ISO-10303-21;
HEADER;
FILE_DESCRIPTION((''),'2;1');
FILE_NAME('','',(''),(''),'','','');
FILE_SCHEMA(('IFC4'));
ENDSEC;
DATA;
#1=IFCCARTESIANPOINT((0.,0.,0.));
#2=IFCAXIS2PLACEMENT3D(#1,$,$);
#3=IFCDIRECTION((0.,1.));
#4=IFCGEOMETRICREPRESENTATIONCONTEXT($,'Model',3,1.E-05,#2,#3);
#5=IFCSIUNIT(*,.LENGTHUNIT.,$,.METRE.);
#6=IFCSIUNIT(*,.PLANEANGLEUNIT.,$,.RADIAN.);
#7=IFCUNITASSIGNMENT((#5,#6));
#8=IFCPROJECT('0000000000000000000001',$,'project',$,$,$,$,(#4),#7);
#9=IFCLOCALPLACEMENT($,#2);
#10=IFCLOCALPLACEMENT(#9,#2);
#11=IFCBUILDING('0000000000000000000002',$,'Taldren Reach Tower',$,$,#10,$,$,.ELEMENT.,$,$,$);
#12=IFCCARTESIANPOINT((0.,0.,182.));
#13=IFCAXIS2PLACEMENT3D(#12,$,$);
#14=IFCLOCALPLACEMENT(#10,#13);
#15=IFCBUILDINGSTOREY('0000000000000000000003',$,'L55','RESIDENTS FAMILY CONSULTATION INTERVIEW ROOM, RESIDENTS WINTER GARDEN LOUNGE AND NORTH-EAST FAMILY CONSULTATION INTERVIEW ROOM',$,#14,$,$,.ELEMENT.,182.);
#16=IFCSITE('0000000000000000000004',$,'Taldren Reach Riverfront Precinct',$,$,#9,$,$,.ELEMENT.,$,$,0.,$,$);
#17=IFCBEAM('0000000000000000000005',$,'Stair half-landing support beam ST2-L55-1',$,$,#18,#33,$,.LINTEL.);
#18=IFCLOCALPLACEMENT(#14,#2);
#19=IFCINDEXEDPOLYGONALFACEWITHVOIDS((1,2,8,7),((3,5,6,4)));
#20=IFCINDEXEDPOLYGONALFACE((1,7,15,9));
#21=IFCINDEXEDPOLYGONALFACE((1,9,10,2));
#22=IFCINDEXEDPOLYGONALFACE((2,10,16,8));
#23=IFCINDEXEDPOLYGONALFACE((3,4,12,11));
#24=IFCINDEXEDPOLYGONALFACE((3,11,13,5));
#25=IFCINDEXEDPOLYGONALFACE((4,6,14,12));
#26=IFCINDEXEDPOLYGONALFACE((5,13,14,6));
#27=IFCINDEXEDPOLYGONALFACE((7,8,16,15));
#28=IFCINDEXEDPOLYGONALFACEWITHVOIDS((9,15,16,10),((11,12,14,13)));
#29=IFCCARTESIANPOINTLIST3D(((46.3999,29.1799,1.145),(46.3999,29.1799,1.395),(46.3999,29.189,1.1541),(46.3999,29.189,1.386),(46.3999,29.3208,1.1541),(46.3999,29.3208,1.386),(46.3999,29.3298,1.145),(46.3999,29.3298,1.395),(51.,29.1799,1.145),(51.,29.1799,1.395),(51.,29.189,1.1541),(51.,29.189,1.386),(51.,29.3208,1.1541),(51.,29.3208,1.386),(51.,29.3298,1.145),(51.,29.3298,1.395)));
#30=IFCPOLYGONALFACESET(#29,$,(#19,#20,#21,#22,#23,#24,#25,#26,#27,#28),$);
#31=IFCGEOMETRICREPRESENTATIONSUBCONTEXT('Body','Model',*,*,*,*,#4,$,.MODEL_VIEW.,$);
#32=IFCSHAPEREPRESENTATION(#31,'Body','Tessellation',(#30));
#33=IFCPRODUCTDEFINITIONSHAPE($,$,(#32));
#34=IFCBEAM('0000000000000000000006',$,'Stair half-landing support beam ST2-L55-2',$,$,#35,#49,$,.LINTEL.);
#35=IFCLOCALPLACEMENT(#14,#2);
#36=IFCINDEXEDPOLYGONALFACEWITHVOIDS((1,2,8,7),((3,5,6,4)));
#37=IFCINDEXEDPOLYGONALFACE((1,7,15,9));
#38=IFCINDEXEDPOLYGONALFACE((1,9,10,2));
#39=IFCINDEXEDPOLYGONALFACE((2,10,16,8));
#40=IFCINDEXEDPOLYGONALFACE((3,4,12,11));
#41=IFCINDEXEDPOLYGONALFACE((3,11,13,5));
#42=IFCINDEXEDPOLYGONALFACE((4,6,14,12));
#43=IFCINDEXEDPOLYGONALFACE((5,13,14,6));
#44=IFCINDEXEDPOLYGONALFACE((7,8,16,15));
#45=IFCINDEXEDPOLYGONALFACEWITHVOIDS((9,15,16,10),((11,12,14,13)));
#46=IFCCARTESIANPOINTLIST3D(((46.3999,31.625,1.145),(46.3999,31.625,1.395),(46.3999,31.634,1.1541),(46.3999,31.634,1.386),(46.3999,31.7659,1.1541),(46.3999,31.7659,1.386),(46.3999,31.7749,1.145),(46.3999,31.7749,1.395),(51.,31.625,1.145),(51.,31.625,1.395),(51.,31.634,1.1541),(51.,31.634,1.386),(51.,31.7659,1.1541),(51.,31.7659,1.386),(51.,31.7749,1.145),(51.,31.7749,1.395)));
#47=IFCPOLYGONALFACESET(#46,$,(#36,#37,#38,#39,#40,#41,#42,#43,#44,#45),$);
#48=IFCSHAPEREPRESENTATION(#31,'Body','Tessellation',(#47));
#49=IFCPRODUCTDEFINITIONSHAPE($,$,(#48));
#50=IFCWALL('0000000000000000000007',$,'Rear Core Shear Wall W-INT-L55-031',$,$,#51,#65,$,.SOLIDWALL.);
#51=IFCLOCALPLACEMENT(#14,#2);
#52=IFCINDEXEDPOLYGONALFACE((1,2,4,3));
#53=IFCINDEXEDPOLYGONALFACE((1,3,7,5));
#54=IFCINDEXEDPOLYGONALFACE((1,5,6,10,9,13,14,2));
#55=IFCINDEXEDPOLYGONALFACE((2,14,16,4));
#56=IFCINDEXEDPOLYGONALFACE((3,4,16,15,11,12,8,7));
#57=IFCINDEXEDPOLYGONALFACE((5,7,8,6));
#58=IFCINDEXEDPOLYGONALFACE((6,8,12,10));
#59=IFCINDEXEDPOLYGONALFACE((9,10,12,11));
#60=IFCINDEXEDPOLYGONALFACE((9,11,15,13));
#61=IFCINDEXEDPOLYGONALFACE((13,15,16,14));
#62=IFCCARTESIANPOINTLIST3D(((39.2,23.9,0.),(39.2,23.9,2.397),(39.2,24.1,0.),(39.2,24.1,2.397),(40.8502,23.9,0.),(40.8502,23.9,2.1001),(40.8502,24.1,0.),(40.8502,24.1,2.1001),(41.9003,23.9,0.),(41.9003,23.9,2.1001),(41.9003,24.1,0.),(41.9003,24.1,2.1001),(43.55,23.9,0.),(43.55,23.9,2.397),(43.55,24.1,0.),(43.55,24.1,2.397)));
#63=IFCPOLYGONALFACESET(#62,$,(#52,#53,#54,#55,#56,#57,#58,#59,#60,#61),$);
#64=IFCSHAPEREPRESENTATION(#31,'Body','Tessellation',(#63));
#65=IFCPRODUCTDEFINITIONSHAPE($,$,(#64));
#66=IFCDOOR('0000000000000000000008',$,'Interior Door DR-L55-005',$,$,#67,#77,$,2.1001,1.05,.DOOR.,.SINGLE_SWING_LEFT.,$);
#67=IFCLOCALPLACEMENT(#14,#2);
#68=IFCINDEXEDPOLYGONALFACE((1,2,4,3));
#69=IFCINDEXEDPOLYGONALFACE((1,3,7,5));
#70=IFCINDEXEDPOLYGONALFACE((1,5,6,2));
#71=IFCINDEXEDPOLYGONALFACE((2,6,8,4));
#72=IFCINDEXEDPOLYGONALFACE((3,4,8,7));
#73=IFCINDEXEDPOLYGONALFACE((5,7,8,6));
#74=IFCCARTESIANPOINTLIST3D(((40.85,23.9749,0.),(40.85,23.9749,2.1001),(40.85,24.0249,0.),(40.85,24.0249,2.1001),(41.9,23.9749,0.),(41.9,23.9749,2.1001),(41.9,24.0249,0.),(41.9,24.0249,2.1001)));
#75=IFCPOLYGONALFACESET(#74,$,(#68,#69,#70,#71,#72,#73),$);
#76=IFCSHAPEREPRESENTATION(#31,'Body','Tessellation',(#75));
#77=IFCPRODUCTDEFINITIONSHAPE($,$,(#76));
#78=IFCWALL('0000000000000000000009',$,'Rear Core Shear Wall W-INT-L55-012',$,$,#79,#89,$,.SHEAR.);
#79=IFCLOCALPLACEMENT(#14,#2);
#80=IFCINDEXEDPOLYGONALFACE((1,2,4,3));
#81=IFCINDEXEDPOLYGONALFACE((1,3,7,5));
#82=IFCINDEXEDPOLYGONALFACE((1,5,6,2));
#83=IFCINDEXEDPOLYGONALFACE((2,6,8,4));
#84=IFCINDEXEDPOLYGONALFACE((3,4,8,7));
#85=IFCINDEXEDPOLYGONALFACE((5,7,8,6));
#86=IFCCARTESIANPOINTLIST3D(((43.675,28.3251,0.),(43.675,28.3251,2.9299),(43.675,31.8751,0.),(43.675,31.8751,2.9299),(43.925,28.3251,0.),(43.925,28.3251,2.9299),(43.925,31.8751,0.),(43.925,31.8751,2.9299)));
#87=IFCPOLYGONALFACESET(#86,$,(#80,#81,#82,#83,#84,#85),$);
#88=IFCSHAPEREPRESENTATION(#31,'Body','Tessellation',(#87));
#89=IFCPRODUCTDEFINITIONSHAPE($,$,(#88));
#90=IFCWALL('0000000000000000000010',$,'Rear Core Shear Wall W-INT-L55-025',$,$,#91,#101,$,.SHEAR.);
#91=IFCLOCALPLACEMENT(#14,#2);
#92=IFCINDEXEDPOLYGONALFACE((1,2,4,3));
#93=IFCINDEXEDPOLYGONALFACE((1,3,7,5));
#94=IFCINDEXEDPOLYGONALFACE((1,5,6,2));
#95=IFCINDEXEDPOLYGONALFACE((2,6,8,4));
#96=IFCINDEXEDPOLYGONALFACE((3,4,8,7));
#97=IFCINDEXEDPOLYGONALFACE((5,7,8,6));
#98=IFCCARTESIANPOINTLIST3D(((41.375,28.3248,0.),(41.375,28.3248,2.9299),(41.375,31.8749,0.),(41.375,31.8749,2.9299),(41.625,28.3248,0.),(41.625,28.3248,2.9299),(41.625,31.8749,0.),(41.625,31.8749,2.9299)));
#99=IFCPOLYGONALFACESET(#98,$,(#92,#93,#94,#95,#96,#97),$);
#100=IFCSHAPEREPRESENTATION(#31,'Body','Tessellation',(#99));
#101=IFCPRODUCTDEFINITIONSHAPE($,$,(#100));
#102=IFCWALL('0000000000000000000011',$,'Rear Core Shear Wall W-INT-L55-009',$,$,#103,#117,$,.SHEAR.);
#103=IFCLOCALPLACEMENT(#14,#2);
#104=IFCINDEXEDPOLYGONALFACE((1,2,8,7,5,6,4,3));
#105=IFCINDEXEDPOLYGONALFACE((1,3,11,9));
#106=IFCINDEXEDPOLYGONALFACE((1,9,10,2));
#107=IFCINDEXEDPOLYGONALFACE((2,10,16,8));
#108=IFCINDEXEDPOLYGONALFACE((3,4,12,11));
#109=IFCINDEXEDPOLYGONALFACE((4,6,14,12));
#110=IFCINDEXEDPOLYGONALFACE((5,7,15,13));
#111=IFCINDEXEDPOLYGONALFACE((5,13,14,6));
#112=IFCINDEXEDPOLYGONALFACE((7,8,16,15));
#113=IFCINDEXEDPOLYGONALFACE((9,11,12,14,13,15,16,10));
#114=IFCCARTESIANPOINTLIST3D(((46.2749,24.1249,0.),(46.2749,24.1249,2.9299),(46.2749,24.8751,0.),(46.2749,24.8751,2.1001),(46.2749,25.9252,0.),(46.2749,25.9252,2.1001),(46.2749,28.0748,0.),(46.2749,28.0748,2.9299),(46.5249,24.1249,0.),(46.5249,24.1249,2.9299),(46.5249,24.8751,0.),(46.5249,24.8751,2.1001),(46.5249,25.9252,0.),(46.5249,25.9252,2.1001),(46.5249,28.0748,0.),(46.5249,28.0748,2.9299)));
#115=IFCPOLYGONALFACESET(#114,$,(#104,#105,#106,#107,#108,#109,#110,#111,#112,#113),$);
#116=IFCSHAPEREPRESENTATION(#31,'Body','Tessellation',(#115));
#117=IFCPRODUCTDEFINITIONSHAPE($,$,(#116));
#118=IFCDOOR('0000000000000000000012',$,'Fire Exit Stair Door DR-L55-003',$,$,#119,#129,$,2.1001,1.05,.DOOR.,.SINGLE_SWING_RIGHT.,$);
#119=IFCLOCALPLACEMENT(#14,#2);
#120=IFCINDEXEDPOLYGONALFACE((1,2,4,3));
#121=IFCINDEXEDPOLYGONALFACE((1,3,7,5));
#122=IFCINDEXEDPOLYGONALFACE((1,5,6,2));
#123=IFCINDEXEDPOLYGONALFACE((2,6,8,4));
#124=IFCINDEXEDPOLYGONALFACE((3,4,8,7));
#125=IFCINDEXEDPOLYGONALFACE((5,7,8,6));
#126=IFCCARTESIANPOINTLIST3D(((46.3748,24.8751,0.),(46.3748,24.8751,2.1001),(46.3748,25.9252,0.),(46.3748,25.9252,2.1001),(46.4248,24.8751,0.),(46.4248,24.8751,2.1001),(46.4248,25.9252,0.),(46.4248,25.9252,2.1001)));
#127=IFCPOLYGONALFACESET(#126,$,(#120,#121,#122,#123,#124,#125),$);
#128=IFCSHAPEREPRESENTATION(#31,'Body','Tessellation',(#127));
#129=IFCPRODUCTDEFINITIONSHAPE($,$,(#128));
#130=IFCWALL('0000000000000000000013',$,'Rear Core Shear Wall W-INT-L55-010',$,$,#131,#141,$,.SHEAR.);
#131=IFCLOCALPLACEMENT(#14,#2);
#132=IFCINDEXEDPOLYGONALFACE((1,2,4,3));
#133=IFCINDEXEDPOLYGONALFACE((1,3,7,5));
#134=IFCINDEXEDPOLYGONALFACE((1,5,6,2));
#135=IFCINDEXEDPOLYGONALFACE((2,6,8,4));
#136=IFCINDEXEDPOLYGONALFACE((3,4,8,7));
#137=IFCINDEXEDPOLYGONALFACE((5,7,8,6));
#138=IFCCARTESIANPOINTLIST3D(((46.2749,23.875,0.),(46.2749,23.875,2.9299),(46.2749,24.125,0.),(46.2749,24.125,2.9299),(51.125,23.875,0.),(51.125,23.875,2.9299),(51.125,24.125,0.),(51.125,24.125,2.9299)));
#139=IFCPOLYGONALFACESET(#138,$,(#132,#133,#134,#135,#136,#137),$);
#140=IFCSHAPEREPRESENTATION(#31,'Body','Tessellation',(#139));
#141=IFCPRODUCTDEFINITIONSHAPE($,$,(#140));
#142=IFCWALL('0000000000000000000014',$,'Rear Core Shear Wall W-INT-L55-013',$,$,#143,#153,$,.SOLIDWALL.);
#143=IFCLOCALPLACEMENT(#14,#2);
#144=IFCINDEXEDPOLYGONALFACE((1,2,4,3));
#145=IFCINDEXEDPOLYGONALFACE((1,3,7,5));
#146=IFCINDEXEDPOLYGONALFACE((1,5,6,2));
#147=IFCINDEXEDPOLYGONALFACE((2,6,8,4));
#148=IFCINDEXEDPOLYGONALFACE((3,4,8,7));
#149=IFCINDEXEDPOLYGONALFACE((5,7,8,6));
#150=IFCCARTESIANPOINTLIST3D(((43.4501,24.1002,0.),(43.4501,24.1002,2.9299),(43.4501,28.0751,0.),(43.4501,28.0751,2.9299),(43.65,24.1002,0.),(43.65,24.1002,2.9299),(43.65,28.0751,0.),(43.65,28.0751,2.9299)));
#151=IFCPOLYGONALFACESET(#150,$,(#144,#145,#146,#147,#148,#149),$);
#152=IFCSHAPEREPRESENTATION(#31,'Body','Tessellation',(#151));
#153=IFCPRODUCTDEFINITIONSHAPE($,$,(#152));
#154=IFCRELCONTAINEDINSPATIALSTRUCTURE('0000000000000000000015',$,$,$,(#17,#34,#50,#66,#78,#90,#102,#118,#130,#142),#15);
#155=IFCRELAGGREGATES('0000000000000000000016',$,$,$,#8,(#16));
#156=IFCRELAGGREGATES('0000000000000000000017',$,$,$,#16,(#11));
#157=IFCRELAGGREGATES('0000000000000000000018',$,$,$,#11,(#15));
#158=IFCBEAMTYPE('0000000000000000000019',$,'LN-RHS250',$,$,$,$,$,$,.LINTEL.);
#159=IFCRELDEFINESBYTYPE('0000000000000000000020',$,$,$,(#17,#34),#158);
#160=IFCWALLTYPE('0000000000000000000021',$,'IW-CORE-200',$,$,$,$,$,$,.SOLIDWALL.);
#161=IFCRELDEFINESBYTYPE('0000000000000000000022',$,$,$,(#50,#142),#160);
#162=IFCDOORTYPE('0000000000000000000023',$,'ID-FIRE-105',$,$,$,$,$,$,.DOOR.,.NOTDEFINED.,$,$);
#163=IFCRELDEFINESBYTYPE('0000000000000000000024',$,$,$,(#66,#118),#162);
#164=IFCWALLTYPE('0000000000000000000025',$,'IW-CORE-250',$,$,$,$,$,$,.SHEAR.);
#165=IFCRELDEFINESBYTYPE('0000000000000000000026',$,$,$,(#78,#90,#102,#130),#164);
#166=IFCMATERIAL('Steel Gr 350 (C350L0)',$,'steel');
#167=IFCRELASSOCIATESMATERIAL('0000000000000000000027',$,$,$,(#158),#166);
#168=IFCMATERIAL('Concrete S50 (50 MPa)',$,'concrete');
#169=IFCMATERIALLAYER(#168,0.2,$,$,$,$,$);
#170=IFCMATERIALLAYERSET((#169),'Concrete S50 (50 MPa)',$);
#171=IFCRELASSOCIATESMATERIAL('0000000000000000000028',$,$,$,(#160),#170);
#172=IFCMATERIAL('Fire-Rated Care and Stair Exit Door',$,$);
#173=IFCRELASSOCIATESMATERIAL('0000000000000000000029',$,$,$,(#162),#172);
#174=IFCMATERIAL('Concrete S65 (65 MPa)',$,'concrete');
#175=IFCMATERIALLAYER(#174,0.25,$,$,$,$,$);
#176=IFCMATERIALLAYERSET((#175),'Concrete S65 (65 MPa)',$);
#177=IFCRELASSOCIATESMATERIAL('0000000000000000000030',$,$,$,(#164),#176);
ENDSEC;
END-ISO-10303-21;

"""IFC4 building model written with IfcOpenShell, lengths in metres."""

from ifc_helpers import new_model, si_unit, direction, frame, frame_2d, origin, origin_2d, place, context, subcontext, project, spatial, rectangle, hollow_rectangle, extrude, source, transform, mapped, material, layer, layer_set, material_profile, profile_set, type_object, element, fill, save


model = new_model("IFC4")

# Units and contexts
model_context = context("Model", 3, precision=1e-05, world=origin(), true_north=direction((0.0, 1.0)))
body_context = subcontext(model_context, "Body", "Model", "MODEL_VIEW")
ifc_project = project(units=[si_unit("LENGTHUNIT", "METRE"), si_unit("PLANEANGLEUNIT", "RADIAN")], contexts=[model_context])

# Site, building, storey
site_placement = place(None, origin())
site = spatial("IfcSite", under=ifc_project, at=site_placement, Name="Taldren Reach Riverfront Precinct", CompositionType="ELEMENT", RefElevation=0.0)
building_placement = place(site_placement, origin())
building = spatial("IfcBuilding", under=site, at=building_placement, Name="Taldren Reach Tower", CompositionType="ELEMENT")
storey_placement = place(building_placement, frame((0.0, 0.0, 182.0)))
storey = spatial("IfcBuildingStorey", under=building, at=storey_placement, Name="L55", Description="RESIDENTS FAMILY CONSULTATION INTERVIEW ROOM, RESIDENTS WINTER GARDEN LOUNGE AND NORTH-EAST FAMILY CONSULTATION INTERVIEW ROOM", CompositionType="ELEMENT", Elevation=182.0)

# Beams
ifc_material_1 = material(Name="Steel Gr 350 (C350L0)", Category="steel")
ifc_material_profile = material_profile(ifc_material_1, hollow_rectangle(XDim=0.1499, YDim=0.25, WallThickness=0.009, at=origin_2d()), Name="250x150x9.0RHS")
ifc_profile_set = profile_set([ifc_material_profile], Name="Steel Gr 350 (C350L0)")
beam_type = type_object("IfcBeamType", Name="LN-RHS250", PredefinedType="LINTEL", material=ifc_profile_set)
shared_shape_1 = source(origin(), body_context, "Body", "SweptSolid", [
    extrude(hollow_rectangle(XDim=0.1499, YDim=0.25, WallThickness=0.009, at=origin_2d()), origin(), (0.0, 0.0, 1.0), 4.6001),
])
for number, where, z_axis, x_axis, name in (
    (1, (46.3999, 29.2549, 1.27), (1.0, 0.0, 0.0), (0.0, 1.0, 0.0), "Stair half-landing support beam ST2-L55-1"),
    (2, (46.3999, 31.7, 1.27), (1.0, 0.0, 0.0), (0.0, 1.0, 0.0), "Stair half-landing support beam ST2-L55-2"),
):
    element("IfcBeam", number, at=place(storey_placement, frame(where, z_axis=z_axis, x_axis=x_axis)), inside=storey, type_object=beam_type, Name=name, PredefinedType="LINTEL", context=body_context, shape_type="MappedRepresentation", body=[
        mapped(shared_shape_1, transform((0.0, 0.0, 0.0), scale=1.0)),
    ])

# Wall, opening, door
ifc_material_2 = material(Name="Concrete S50 (50 MPa)", Category="concrete")
ifc_layer_1 = layer(ifc_material_2, 0.2)
ifc_layer_set_1 = layer_set([ifc_layer_1], Name="Concrete S50 (50 MPa)")
wall_type_1 = type_object("IfcWallType", Name="IW-CORE-200", PredefinedType="SOLIDWALL", material=ifc_layer_set_1)
shared_shape_2 = source(origin(), body_context, "Body", "SweptSolid", [
    extrude(rectangle(XDim=4.3501, YDim=0.2, at=frame_2d((2.175, 0.0))), origin(), (0.0, 0.0, 1.0), 2.397),
])
wall_1_placement = place(storey_placement, frame((43.55, 24.0, 0.0), z_axis=(0.0, 0.0, 1.0), x_axis=(-1.0, 0.0, 0.0)))
wall_1 = element("IfcWall", 3, at=wall_1_placement, inside=storey, type_object=wall_type_1, Name="Rear Core Shear Wall W-INT-L55-031", PredefinedType="SOLIDWALL", context=body_context, shape_type="MappedRepresentation", body=[
    mapped(shared_shape_2, transform((0.0, 0.0, 0.0), scale=1.0)),
])
shared_shape_3 = source(origin(), body_context, "Body", "SweptSolid", [
    extrude(rectangle(XDim=1.05, YDim=2.1001, at=frame_2d((0.5249, 1.05))), frame((0.0, 0.1099, 0.0), z_axis=(0.0, -1.0, 0.0), x_axis=(1.0, 0.0, 0.0)), (0.0, 0.0, 1.0), 0.22),
])
opening_1_placement = place(wall_1_placement, frame((1.6499, 0.0, 0.0)))
opening_1 = element("IfcOpeningElement", 4, at=opening_1_placement, cuts=wall_1, PredefinedType="OPENING", context=body_context, shape_type="MappedRepresentation", body=[
    mapped(shared_shape_3, transform((0.0, 0.0, 0.0), scale=1.0)),
])
ifc_material_3 = material(Name="Fire-Rated Care and Stair Exit Door")
door_type_1 = type_object("IfcDoorType", Name="ID-FIRE-105", OperationType="NOTDEFINED", PredefinedType="DOOR", material=ifc_material_3)
shared_shape_4 = source(origin(), body_context, "Body", "SweptSolid", [
    extrude(rectangle(XDim=1.05, YDim=2.1001, at=frame_2d((0.5249, 1.05))), frame((0.0, 0.0249, 0.0), z_axis=(0.0, -1.0, 0.0), x_axis=(1.0, 0.0, 0.0)), (0.0, 0.0, 1.0), 0.05),
])
door_1_placement = place(opening_1_placement, frame((1.05, 0.0, 0.0), z_axis=(0.0, 0.0, 1.0), x_axis=(-1.0, 0.0, 0.0)))
door_1 = element("IfcDoor", 5, at=door_1_placement, inside=storey, type_object=door_type_1, Name="Interior Door DR-L55-005", OperationType="SINGLE_SWING_LEFT", OverallHeight=2.1001, OverallWidth=1.05, PredefinedType="DOOR", context=body_context, shape_type="MappedRepresentation", body=[
    mapped(shared_shape_4, transform((0.0, 0.0, 0.0), scale=1.0)),
])
fill(opening_1, door_1)

# Walls
ifc_material_4 = material(Name="Concrete S65 (65 MPa)", Category="concrete")
ifc_layer_2 = layer(ifc_material_4, 0.25)
ifc_layer_set_2 = layer_set([ifc_layer_2], Name="Concrete S65 (65 MPa)")
wall_type_2 = type_object("IfcWallType", Name="IW-CORE-250", PredefinedType="SHEAR", material=ifc_layer_set_2)
shared_shape_5 = source(origin(), body_context, "Body", "SweptSolid", [
    extrude(rectangle(XDim=3.55, YDim=0.25, at=frame_2d((1.7749, 0.0))), origin(), (0.0, 0.0, 1.0), 2.9299),
])
for number, where, z_axis, x_axis, name in (
    (6, (43.8, 31.875, 0.0), (0.0, 0.0, 1.0), (0.0, -1.0, 0.0), "Rear Core Shear Wall W-INT-L55-012"),
    (7, (41.5, 28.325, 0.0), (0.0, 0.0, 1.0), (0.0, 1.0, 0.0), "Rear Core Shear Wall W-INT-L55-025"),
):
    element("IfcWall", number, at=place(storey_placement, frame(where, z_axis=z_axis, x_axis=x_axis)), inside=storey, type_object=wall_type_2, Name=name, PredefinedType="SHEAR", context=body_context, shape_type="MappedRepresentation", body=[
        mapped(shared_shape_5, transform((0.0, 0.0, 0.0), scale=1.0)),
    ])

# Wall, opening, door
shared_shape_6 = source(origin(), body_context, "Body", "SweptSolid", [
    extrude(rectangle(XDim=3.95, YDim=0.25, at=frame_2d((1.9751, 0.0))), origin(), (0.0, 0.0, 1.0), 2.9299),
])
wall_2_placement = place(storey_placement, frame((46.3999, 28.075, 0.0), z_axis=(0.0, 0.0, 1.0), x_axis=(0.0, -1.0, 0.0)))
wall_2 = element("IfcWall", 8, at=wall_2_placement, inside=storey, type_object=wall_type_2, Name="Rear Core Shear Wall W-INT-L55-009", PredefinedType="SHEAR", context=body_context, shape_type="MappedRepresentation", body=[
    mapped(shared_shape_6, transform((0.0, 0.0, 0.0), scale=1.0)),
])
shared_shape_7 = source(origin(), body_context, "Body", "SweptSolid", [
    extrude(rectangle(XDim=1.05, YDim=2.1001, at=frame_2d((0.5249, 1.05))), frame((0.0, 0.135, 0.0), z_axis=(0.0, -1.0, 0.0), x_axis=(1.0, 0.0, 0.0)), (0.0, 0.0, 1.0), 0.27),
])
opening_2_placement = place(wall_2_placement, frame((2.1499, 0.0, 0.0)))
opening_2 = element("IfcOpeningElement", 9, at=opening_2_placement, cuts=wall_2, PredefinedType="OPENING", context=body_context, shape_type="MappedRepresentation", body=[
    mapped(shared_shape_7, transform((0.0, 0.0, 0.0), scale=1.0)),
])
door_2_placement = place(opening_2_placement, origin())
door_2 = element("IfcDoor", 10, at=door_2_placement, inside=storey, type_object=door_type_1, Name="Fire Exit Stair Door DR-L55-003", OperationType="SINGLE_SWING_RIGHT", OverallHeight=2.1001, OverallWidth=1.05, PredefinedType="DOOR", context=body_context, shape_type="MappedRepresentation", body=[
    mapped(shared_shape_4, transform((0.0, 0.0, 0.0), scale=1.0)),
])
fill(opening_2, door_2)

# Wall
shared_shape_8 = source(origin(), body_context, "Body", "SweptSolid", [
    extrude(rectangle(XDim=4.8501, YDim=0.25, at=frame_2d((2.425, 0.0))), origin(), (0.0, 0.0, 1.0), 2.9299),
])
wall_3_placement = place(storey_placement, frame((46.2749, 24.0, 0.0), z_axis=(0.0, 0.0, 1.0), x_axis=(1.0, 0.0, 0.0)))
element("IfcWall", 11, at=wall_3_placement, inside=storey, type_object=wall_type_2, Name="Rear Core Shear Wall W-INT-L55-010", PredefinedType="SHEAR", context=body_context, shape_type="MappedRepresentation", body=[
    mapped(shared_shape_8, transform((0.0, 0.0, 0.0), scale=1.0)),
])

# Wall
shared_shape_9 = source(origin(), body_context, "Body", "SweptSolid", [
    extrude(rectangle(XDim=3.9749, YDim=0.2, at=frame_2d((1.9873, 0.0))), origin(), (0.0, 0.0, 1.0), 2.9299),
])
wall_4_placement = place(storey_placement, frame((43.55, 28.075, 0.0), z_axis=(0.0, 0.0, 1.0), x_axis=(0.0, -1.0, 0.0)))
element("IfcWall", 12, at=wall_4_placement, inside=storey, type_object=wall_type_1, Name="Rear Core Shear Wall W-INT-L55-013", PredefinedType="SOLIDWALL", context=body_context, shape_type="MappedRepresentation", body=[
    mapped(shared_shape_9, transform((0.0, 0.0, 0.0), scale=1.0)),
])

save(model, "model.ifc")
